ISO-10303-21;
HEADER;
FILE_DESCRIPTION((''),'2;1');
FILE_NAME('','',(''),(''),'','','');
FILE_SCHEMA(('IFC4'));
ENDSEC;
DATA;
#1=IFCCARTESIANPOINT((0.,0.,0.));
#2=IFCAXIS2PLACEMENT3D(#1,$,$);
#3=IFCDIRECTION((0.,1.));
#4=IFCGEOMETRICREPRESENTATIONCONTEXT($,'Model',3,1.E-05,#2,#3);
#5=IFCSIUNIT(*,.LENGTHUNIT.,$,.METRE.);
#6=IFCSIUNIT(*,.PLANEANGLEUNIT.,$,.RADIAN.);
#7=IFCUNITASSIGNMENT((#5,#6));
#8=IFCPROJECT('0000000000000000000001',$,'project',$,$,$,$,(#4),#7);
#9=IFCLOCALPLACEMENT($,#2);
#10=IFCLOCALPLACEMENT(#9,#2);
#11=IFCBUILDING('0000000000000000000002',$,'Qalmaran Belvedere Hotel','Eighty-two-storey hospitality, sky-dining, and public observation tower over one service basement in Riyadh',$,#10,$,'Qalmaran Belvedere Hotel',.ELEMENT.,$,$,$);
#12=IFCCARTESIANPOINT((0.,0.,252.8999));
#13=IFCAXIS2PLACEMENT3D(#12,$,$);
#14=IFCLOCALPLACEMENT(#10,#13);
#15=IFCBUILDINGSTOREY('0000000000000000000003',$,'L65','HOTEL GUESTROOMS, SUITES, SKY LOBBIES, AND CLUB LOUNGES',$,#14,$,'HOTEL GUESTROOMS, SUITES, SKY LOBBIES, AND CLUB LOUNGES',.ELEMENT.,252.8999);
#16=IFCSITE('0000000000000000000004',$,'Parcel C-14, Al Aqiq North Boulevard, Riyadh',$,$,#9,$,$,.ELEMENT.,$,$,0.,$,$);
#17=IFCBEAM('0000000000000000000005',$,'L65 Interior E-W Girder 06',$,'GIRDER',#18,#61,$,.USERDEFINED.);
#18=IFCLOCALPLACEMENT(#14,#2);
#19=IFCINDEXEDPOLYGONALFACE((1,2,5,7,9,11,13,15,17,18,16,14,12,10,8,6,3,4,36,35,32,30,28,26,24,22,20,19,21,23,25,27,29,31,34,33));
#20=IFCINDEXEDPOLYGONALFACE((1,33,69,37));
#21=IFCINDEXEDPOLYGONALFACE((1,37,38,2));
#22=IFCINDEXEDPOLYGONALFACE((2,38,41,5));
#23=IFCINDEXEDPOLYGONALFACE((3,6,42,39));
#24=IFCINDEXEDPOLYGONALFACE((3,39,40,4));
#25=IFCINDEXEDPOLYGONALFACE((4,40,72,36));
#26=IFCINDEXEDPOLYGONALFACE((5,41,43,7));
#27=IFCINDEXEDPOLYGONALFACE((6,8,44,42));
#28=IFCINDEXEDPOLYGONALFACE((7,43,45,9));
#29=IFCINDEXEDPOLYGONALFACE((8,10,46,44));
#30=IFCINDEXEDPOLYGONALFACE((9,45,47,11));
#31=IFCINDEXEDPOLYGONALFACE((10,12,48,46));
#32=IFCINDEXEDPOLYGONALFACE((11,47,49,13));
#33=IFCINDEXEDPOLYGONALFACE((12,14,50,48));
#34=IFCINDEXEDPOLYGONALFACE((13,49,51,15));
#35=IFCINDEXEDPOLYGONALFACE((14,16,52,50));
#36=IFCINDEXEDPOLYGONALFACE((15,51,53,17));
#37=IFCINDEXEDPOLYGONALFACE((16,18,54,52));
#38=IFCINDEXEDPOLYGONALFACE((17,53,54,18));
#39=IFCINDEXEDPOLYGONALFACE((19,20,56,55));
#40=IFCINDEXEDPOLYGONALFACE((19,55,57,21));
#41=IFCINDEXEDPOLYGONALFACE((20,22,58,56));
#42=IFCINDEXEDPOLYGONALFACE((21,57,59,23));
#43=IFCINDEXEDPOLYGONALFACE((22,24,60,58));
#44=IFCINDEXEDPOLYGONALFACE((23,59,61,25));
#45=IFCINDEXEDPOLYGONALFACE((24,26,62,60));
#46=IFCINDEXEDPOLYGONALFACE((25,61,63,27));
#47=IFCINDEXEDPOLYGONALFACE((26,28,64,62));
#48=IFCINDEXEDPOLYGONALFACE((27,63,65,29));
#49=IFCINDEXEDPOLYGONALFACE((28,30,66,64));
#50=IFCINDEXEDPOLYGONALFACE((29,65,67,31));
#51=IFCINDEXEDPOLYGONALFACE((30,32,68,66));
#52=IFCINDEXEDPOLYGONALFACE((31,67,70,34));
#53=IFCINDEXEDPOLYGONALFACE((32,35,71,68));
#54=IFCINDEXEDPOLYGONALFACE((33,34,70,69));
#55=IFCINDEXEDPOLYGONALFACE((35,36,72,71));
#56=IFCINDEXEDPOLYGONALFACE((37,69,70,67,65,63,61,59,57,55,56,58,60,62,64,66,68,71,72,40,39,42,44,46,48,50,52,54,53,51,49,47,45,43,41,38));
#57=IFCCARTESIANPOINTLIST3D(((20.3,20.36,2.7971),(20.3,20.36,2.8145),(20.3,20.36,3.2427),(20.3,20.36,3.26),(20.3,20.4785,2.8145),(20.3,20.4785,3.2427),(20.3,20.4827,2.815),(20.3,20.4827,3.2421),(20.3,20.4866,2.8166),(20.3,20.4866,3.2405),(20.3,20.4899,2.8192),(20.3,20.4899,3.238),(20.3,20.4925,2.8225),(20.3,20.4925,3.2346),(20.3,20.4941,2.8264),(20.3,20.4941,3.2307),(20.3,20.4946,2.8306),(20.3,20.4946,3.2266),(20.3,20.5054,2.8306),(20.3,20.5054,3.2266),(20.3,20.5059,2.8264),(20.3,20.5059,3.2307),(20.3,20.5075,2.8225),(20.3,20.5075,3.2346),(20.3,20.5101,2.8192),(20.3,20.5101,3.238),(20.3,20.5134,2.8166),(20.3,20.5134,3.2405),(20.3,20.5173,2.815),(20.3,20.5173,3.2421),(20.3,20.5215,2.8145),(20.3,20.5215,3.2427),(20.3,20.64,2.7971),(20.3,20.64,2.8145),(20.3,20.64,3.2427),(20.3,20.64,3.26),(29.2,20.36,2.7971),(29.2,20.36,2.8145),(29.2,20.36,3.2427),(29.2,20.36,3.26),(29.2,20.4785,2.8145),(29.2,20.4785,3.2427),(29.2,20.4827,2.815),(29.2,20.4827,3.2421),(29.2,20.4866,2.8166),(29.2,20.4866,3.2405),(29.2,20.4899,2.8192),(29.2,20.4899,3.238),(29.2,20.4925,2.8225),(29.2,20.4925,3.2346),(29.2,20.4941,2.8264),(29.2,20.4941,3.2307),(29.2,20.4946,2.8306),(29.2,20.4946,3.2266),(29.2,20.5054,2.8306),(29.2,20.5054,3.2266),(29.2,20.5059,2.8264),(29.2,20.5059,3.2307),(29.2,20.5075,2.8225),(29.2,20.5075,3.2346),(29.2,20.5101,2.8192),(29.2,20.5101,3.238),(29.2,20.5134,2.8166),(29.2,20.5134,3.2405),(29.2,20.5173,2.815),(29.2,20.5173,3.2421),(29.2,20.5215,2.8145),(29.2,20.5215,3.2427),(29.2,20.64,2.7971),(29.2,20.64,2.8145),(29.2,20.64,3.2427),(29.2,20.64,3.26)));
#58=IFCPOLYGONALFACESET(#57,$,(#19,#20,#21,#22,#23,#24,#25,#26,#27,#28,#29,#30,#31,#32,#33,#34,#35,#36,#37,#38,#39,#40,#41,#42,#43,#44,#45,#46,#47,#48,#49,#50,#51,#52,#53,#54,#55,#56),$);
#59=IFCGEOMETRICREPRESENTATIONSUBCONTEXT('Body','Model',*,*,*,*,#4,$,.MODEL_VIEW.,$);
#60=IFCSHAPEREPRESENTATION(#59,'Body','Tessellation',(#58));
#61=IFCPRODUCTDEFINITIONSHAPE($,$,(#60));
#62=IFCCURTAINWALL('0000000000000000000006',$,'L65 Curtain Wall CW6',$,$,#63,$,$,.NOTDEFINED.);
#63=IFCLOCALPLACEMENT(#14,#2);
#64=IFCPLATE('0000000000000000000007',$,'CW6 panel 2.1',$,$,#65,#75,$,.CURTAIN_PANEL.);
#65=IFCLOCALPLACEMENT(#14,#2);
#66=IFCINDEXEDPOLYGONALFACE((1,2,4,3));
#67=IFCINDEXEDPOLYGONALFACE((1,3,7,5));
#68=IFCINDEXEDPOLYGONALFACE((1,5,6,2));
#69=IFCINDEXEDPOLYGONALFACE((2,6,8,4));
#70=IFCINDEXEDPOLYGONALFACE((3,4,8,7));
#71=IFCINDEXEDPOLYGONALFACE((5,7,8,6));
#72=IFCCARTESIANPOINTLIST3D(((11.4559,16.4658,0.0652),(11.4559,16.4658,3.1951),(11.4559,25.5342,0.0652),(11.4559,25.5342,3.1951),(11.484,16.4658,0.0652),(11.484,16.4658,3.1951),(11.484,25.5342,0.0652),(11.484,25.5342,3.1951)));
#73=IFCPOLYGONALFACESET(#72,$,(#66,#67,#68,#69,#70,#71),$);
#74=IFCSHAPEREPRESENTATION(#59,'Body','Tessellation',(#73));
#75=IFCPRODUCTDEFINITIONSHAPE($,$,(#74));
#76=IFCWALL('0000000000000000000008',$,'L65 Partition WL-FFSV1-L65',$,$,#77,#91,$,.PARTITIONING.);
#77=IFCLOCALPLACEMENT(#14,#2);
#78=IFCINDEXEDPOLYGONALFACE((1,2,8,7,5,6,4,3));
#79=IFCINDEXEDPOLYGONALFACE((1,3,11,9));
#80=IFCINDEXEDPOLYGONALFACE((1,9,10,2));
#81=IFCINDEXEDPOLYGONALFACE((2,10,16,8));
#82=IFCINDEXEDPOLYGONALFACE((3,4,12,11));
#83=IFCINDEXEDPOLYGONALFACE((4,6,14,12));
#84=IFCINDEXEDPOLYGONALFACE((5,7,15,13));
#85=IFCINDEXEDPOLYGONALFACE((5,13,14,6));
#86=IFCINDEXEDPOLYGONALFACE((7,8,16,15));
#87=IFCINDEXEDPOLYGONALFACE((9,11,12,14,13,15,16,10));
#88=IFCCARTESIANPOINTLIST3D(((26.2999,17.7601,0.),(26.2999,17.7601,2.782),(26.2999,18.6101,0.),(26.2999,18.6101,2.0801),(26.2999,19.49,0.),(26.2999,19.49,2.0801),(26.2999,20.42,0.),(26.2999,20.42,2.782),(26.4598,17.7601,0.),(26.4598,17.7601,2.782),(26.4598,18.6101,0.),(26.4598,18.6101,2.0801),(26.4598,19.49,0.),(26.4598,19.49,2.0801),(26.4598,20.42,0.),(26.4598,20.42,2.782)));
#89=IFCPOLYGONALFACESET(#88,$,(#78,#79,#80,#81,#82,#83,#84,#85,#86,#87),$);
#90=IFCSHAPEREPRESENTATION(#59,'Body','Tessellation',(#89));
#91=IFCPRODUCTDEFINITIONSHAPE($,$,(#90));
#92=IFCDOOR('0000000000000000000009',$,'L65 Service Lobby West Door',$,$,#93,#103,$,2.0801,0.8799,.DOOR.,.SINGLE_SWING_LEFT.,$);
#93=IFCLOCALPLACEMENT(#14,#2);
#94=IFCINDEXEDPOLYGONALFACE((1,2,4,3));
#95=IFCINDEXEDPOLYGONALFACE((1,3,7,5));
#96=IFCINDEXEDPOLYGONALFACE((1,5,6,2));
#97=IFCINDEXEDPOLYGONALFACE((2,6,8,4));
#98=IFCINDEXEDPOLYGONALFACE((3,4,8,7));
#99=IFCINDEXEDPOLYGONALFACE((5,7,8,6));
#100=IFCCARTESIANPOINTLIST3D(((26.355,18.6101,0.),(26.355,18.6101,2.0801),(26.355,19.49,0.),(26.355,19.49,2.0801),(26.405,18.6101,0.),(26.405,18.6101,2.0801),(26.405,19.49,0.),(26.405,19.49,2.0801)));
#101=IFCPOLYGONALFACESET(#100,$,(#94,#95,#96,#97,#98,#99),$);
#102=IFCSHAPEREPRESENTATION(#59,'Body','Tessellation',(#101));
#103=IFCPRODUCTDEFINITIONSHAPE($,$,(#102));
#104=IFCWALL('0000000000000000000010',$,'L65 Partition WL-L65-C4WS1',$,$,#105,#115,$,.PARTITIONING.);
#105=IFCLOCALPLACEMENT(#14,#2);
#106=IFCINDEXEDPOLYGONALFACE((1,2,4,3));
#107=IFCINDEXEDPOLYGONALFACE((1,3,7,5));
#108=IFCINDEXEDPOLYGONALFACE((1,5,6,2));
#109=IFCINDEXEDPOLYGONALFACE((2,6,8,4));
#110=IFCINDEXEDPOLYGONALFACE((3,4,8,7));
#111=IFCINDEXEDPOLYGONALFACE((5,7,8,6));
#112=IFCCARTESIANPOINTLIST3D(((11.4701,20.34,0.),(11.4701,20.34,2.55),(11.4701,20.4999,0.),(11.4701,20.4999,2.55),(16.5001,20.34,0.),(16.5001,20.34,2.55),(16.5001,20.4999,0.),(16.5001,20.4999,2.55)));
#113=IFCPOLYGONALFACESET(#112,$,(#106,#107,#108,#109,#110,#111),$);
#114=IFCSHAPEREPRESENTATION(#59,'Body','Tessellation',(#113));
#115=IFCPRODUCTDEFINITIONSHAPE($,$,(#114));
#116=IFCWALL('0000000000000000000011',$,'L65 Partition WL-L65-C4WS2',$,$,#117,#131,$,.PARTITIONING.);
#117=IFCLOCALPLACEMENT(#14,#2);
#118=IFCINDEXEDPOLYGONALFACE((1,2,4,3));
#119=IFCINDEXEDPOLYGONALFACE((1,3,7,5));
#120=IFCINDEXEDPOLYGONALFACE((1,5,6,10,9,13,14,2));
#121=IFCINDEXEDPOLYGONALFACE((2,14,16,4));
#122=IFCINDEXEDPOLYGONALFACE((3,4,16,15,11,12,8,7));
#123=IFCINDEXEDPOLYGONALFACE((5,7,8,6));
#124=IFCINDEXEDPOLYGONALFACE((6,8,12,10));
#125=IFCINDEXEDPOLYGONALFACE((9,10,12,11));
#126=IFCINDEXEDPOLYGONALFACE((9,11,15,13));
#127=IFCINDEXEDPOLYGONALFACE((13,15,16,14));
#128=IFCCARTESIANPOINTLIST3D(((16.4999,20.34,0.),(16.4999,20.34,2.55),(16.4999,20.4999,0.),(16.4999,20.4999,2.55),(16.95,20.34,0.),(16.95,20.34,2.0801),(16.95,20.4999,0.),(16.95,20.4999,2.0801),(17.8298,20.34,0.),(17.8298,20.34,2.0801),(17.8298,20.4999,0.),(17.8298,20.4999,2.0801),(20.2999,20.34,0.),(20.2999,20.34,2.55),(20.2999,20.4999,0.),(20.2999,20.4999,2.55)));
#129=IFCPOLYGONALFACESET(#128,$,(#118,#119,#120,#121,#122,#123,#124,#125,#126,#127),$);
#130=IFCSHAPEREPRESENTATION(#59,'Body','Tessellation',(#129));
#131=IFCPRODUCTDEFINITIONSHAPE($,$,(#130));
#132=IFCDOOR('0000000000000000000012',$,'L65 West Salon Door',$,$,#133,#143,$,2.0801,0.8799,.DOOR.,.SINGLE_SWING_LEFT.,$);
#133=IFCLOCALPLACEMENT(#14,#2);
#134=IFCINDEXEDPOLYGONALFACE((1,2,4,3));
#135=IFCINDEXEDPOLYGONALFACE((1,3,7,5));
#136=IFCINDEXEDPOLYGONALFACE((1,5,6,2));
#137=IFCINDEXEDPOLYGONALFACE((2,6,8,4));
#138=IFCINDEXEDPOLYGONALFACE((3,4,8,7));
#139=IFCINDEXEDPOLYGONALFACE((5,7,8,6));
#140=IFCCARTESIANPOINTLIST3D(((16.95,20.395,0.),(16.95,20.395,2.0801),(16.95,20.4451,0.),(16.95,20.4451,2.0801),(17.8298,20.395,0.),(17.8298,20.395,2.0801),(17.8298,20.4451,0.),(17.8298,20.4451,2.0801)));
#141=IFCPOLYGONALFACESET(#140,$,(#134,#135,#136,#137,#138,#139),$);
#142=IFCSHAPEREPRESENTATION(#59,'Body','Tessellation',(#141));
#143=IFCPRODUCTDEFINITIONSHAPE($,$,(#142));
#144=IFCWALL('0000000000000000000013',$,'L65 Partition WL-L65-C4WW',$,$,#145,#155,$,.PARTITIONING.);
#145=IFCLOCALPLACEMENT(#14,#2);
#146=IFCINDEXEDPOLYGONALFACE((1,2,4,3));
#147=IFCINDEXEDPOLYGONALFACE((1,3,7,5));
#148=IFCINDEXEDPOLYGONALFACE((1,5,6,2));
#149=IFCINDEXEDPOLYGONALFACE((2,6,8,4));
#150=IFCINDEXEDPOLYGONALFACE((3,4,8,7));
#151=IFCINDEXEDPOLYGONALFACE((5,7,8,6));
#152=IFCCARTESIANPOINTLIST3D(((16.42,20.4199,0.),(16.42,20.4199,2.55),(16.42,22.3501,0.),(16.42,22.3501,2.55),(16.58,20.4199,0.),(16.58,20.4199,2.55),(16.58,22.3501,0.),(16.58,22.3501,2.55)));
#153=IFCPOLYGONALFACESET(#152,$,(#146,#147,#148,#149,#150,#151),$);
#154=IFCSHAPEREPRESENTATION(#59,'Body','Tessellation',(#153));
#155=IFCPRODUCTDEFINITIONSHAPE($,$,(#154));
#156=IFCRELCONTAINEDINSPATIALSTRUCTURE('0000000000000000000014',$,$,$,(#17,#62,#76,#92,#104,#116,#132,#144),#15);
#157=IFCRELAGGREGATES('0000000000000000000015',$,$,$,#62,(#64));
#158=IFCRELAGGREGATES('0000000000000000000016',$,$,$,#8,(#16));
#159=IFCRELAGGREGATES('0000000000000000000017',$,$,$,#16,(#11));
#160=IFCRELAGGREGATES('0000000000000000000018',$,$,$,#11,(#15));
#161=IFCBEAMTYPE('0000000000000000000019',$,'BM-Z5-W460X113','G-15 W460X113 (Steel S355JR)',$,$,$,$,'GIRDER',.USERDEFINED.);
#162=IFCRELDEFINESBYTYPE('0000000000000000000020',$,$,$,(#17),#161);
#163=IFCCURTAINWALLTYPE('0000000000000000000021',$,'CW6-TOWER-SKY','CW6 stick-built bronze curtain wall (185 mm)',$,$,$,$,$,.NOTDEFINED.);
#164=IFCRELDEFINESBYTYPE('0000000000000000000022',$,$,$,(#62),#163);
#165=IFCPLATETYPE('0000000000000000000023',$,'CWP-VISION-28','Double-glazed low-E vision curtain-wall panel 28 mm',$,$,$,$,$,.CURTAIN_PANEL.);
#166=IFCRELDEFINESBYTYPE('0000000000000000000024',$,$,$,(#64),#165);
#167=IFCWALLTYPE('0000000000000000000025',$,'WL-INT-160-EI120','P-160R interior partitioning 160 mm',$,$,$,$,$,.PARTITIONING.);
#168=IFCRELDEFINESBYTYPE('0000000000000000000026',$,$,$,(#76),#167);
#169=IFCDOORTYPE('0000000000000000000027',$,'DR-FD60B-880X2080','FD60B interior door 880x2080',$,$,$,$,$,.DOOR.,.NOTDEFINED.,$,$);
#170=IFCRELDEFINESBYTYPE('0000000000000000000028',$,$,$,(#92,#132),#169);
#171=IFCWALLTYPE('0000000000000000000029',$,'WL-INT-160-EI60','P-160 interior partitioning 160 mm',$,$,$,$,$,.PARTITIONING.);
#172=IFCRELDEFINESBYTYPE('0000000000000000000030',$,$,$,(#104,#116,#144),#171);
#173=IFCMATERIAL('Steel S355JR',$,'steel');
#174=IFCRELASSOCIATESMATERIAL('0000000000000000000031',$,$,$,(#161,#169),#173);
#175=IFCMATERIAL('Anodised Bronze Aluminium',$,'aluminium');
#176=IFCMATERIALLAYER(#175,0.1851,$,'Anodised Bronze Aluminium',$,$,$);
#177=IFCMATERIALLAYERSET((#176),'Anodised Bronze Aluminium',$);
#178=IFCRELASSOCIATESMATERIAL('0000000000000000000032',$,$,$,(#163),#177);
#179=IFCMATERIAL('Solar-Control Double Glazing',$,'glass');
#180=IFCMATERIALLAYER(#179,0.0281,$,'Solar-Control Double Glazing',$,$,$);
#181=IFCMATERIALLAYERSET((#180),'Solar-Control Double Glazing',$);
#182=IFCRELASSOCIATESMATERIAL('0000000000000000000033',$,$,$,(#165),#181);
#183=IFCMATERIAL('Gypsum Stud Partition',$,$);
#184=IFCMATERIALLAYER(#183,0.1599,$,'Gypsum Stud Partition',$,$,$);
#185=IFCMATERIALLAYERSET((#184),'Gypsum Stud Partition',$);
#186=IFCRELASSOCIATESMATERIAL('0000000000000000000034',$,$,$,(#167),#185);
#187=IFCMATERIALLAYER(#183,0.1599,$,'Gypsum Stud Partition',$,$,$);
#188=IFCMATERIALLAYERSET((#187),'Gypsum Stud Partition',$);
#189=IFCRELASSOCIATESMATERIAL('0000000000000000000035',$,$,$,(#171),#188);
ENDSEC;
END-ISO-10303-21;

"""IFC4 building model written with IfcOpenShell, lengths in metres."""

from ifc_helpers import new_model, si_unit, direction, frame, frame_2d, origin, origin_2d, place, context, subcontext, project, spatial, rectangle, i_section, extrude, material, layer, layer_set, material_profile, profile_set, type_object, element, fill, aggregate, save


model = new_model("IFC4")

# Units and contexts
model_context = context("Model", 3, precision=1e-05, world=origin(), true_north=direction((0.0, 1.0)))
body_context = subcontext(model_context, "Body", "Model", "MODEL_VIEW")
ifc_project = project(units=[si_unit("LENGTHUNIT", "METRE"), si_unit("PLANEANGLEUNIT", "RADIAN")], contexts=[model_context])

# Site, building, storey
site_placement = place(None, origin())
site = spatial("IfcSite", under=ifc_project, at=site_placement, Name="Parcel C-14, Al Aqiq North Boulevard, Riyadh", CompositionType="ELEMENT", RefElevation=0.0)
building_placement = place(site_placement, origin())
building = spatial("IfcBuilding", under=site, at=building_placement, Name="Qalmaran Belvedere Hotel", Description="Eighty-two-storey hospitality, sky-dining, and public observation tower over one service basement in Riyadh", LongName="Qalmaran Belvedere Hotel", CompositionType="ELEMENT")
storey_placement = place(building_placement, frame((0.0, 0.0, 252.8999)))
storey = spatial("IfcBuildingStorey", under=building, at=storey_placement, Name="L65", Description="HOTEL GUESTROOMS, SUITES, SKY LOBBIES, AND CLUB LOUNGES", LongName="HOTEL GUESTROOMS, SUITES, SKY LOBBIES, AND CLUB LOUNGES", CompositionType="ELEMENT", Elevation=252.8999)

# Beam
ifc_material_1 = material(Name="Steel S355JR", Category="steel")
ifc_material_profile_1 = material_profile(ifc_material_1, i_section(OverallWidth=0.28, OverallDepth=0.4629, WebThickness=0.0107, FlangeThickness=0.0173, FilletRadius=0.0161, at=origin_2d()), Name="W460X113")
ifc_profile_set_1 = profile_set([ifc_material_profile_1], Name="Steel S355JR")
beam_type_1 = type_object("IfcBeamType", Name="BM-Z5-W460X113", Description="G-15 W460X113 (Steel S355JR)", ElementType="GIRDER", PredefinedType="USERDEFINED", material=ifc_profile_set_1)
beam_1_placement = place(storey_placement, frame((20.3, 20.5, 3.0286), z_axis=(1.0, 0.0, 0.0), x_axis=(0.0, 1.0, 0.0)))
element("IfcBeam", 1, at=beam_1_placement, inside=storey, type_object=beam_type_1, Name="L65 Interior E-W Girder 06", ObjectType="GIRDER", PredefinedType="USERDEFINED", context=body_context, shape_type="SweptSolid", body=[
    extrude(i_section(OverallWidth=0.28, OverallDepth=0.4629, WebThickness=0.0107, FlangeThickness=0.0173, FilletRadius=0.0161, at=origin_2d()), origin(), (0.0, 0.0, 1.0), 8.8999),
])

# Curtain wall, plate
ifc_material_2 = material(Name="Anodised Bronze Aluminium", Category="aluminium")
ifc_layer_1 = layer(ifc_material_2, 0.1851, Name="Anodised Bronze Aluminium")
ifc_layer_set_1 = layer_set([ifc_layer_1], Name="Anodised Bronze Aluminium")
curtain_wall_type = type_object("IfcCurtainWallType", Name="CW6-TOWER-SKY", Description="CW6 stick-built bronze curtain wall (185 mm)", PredefinedType="NOTDEFINED", material=ifc_layer_set_1)
curtain_wall_placement = place(storey_placement, origin())
curtain_wall = element("IfcCurtainWall", 2, at=curtain_wall_placement, inside=storey, type_object=curtain_wall_type, Name="L65 Curtain Wall CW6", PredefinedType="NOTDEFINED")
ifc_material_3 = material(Name="Solar-Control Double Glazing", Category="glass")
ifc_layer_2 = layer(ifc_material_3, 0.0281, Name="Solar-Control Double Glazing")
ifc_layer_set_2 = layer_set([ifc_layer_2], Name="Solar-Control Double Glazing")
plate_type = type_object("IfcPlateType", Name="CWP-VISION-28", Description="Double-glazed low-E vision curtain-wall panel 28 mm", PredefinedType="CURTAIN_PANEL", material=ifc_layer_set_2)
plate_placement = place(storey_placement, frame((11.47, 21.0, 0.0652), z_axis=(0.0, 0.0, 1.0), x_axis=(0.0, -1.0, 0.0)))
plate = element("IfcPlate", 3, at=plate_placement, type_object=plate_type, Name="CW6 panel 2.1", PredefinedType="CURTAIN_PANEL", context=body_context, shape_type="SweptSolid", body=[
    extrude(rectangle(XDim=9.0684, YDim=0.0281, at=origin_2d()), origin(), (0.0, 0.0, 1.0), 3.1299),
])
aggregate(curtain_wall, [plate])

# Wall, opening, door
ifc_material_4 = material(Name="Gypsum Stud Partition")
ifc_layer_3 = layer(ifc_material_4, 0.1599, Name="Gypsum Stud Partition")
ifc_layer_set_3 = layer_set([ifc_layer_3], Name="Gypsum Stud Partition")
wall_type_1 = type_object("IfcWallType", Name="WL-INT-160-EI120", Description="P-160R interior partitioning 160 mm", PredefinedType="PARTITIONING", material=ifc_layer_set_3)
wall_1_placement = place(storey_placement, frame((26.3799, 17.76, 0.0), z_axis=(0.0, 0.0, 1.0), x_axis=(0.0, 1.0, 0.0)))
wall_1 = element("IfcWall", 4, at=wall_1_placement, inside=storey, type_object=wall_type_1, Name="L65 Partition WL-FFSV1-L65", PredefinedType="PARTITIONING", context=body_context, shape_type="SweptSolid", body=[
    extrude(rectangle(XDim=2.6599, YDim=0.1599, at=frame_2d((1.3301, 0.0))), origin(), (0.0, 0.0, 1.0), 2.782),
])
opening_1_placement = place(wall_1_placement, frame((0.8501, 0.0, 0.0)))
opening_1 = element("IfcOpeningElement", 5, at=opening_1_placement, cuts=wall_1, PredefinedType="OPENING", context=body_context, shape_type="SweptSolid", body=[
    extrude(rectangle(XDim=0.8799, YDim=2.0801, at=frame_2d((0.4399, 1.04))), frame((0.0, 0.0898, 0.0), z_axis=(0.0, -1.0, 0.0), x_axis=(1.0, 0.0, 0.0)), (0.0, 0.0, 1.0), 0.1799),
])
door_type_1 = type_object("IfcDoorType", Name="DR-FD60B-880X2080", Description="FD60B interior door 880x2080", OperationType="NOTDEFINED", PredefinedType="DOOR", material=ifc_material_1)
door_1_placement = place(opening_1_placement, origin())
door_1 = element("IfcDoor", 6, at=door_1_placement, inside=storey, type_object=door_type_1, Name="L65 Service Lobby West Door", OperationType="SINGLE_SWING_LEFT", OverallHeight=2.0801, OverallWidth=0.8799, PredefinedType="DOOR", context=body_context, shape_type="SweptSolid", body=[
    extrude(rectangle(XDim=0.8799, YDim=2.0801, at=frame_2d((0.4399, 1.04))), frame((0.0, 0.0249, 0.0), z_axis=(0.0, -1.0, 0.0), x_axis=(1.0, 0.0, 0.0)), (0.0, 0.0, 1.0), 0.05),
])
fill(opening_1, door_1)

# Wall
ifc_layer_4 = layer(ifc_material_4, 0.1599, Name="Gypsum Stud Partition")
ifc_layer_set_4 = layer_set([ifc_layer_4], Name="Gypsum Stud Partition")
wall_type_2 = type_object("IfcWallType", Name="WL-INT-160-EI60", Description="P-160 interior partitioning 160 mm", PredefinedType="PARTITIONING", material=ifc_layer_set_4)
wall_2_placement = place(storey_placement, frame((11.47, 20.4199, 0.0), z_axis=(0.0, 0.0, 1.0), x_axis=(1.0, 0.0, 0.0)))
element("IfcWall", 7, at=wall_2_placement, inside=storey, type_object=wall_type_2, Name="L65 Partition WL-L65-C4WS1", PredefinedType="PARTITIONING", context=body_context, shape_type="SweptSolid", body=[
    extrude(rectangle(XDim=5.03, YDim=0.1599, at=frame_2d((2.5151, 0.0))), origin(), (0.0, 0.0, 1.0), 2.55),
])

# Wall, opening, door
wall_3_placement = place(storey_placement, frame((16.5, 20.4199, 0.0), z_axis=(0.0, 0.0, 1.0), x_axis=(1.0, 0.0, 0.0)))
wall_3 = element("IfcWall", 8, at=wall_3_placement, inside=storey, type_object=wall_type_2, Name="L65 Partition WL-L65-C4WS2", PredefinedType="PARTITIONING", context=body_context, shape_type="SweptSolid", body=[
    extrude(rectangle(XDim=3.8, YDim=0.1599, at=frame_2d((1.8999, 0.0))), origin(), (0.0, 0.0, 1.0), 2.55),
])
opening_2_placement = place(wall_3_placement, frame((1.3298, 0.0, 0.0), z_axis=(0.0, 0.0, 1.0), x_axis=(-1.0, 0.0, 0.0)))
opening_2 = element("IfcOpeningElement", 9, at=opening_2_placement, cuts=wall_3, PredefinedType="OPENING", context=body_context, shape_type="SweptSolid", body=[
    extrude(rectangle(XDim=0.8799, YDim=2.0801, at=frame_2d((0.4399, 1.04))), frame((0.0, 0.0898, 0.0), z_axis=(0.0, -1.0, 0.0), x_axis=(1.0, 0.0, 0.0)), (0.0, 0.0, 1.0), 0.1799),
])
door_2_placement = place(opening_2_placement, origin())
door_2 = element("IfcDoor", 10, at=door_2_placement, inside=storey, type_object=door_type_1, Name="L65 West Salon Door", OperationType="SINGLE_SWING_LEFT", OverallHeight=2.0801, OverallWidth=0.8799, PredefinedType="DOOR", context=body_context, shape_type="SweptSolid", body=[
    extrude(rectangle(XDim=0.8799, YDim=2.0801, at=frame_2d((0.4399, 1.04))), frame((0.0, 0.0249, 0.0), z_axis=(0.0, -1.0, 0.0), x_axis=(1.0, 0.0, 0.0)), (0.0, 0.0, 1.0), 0.05),
])
fill(opening_2, door_2)

# Wall
wall_4_placement = place(storey_placement, frame((16.5, 20.4199, 0.0), z_axis=(0.0, 0.0, 1.0), x_axis=(0.0, 1.0, 0.0)))
element("IfcWall", 11, at=wall_4_placement, inside=storey, type_object=wall_type_2, Name="L65 Partition WL-L65-C4WW", PredefinedType="PARTITIONING", context=body_context, shape_type="SweptSolid", body=[
    extrude(rectangle(XDim=1.9302, YDim=0.1599, at=frame_2d((0.9651, 0.0))), origin(), (0.0, 0.0, 1.0), 2.55),
])

save(model, "model.ifc")
